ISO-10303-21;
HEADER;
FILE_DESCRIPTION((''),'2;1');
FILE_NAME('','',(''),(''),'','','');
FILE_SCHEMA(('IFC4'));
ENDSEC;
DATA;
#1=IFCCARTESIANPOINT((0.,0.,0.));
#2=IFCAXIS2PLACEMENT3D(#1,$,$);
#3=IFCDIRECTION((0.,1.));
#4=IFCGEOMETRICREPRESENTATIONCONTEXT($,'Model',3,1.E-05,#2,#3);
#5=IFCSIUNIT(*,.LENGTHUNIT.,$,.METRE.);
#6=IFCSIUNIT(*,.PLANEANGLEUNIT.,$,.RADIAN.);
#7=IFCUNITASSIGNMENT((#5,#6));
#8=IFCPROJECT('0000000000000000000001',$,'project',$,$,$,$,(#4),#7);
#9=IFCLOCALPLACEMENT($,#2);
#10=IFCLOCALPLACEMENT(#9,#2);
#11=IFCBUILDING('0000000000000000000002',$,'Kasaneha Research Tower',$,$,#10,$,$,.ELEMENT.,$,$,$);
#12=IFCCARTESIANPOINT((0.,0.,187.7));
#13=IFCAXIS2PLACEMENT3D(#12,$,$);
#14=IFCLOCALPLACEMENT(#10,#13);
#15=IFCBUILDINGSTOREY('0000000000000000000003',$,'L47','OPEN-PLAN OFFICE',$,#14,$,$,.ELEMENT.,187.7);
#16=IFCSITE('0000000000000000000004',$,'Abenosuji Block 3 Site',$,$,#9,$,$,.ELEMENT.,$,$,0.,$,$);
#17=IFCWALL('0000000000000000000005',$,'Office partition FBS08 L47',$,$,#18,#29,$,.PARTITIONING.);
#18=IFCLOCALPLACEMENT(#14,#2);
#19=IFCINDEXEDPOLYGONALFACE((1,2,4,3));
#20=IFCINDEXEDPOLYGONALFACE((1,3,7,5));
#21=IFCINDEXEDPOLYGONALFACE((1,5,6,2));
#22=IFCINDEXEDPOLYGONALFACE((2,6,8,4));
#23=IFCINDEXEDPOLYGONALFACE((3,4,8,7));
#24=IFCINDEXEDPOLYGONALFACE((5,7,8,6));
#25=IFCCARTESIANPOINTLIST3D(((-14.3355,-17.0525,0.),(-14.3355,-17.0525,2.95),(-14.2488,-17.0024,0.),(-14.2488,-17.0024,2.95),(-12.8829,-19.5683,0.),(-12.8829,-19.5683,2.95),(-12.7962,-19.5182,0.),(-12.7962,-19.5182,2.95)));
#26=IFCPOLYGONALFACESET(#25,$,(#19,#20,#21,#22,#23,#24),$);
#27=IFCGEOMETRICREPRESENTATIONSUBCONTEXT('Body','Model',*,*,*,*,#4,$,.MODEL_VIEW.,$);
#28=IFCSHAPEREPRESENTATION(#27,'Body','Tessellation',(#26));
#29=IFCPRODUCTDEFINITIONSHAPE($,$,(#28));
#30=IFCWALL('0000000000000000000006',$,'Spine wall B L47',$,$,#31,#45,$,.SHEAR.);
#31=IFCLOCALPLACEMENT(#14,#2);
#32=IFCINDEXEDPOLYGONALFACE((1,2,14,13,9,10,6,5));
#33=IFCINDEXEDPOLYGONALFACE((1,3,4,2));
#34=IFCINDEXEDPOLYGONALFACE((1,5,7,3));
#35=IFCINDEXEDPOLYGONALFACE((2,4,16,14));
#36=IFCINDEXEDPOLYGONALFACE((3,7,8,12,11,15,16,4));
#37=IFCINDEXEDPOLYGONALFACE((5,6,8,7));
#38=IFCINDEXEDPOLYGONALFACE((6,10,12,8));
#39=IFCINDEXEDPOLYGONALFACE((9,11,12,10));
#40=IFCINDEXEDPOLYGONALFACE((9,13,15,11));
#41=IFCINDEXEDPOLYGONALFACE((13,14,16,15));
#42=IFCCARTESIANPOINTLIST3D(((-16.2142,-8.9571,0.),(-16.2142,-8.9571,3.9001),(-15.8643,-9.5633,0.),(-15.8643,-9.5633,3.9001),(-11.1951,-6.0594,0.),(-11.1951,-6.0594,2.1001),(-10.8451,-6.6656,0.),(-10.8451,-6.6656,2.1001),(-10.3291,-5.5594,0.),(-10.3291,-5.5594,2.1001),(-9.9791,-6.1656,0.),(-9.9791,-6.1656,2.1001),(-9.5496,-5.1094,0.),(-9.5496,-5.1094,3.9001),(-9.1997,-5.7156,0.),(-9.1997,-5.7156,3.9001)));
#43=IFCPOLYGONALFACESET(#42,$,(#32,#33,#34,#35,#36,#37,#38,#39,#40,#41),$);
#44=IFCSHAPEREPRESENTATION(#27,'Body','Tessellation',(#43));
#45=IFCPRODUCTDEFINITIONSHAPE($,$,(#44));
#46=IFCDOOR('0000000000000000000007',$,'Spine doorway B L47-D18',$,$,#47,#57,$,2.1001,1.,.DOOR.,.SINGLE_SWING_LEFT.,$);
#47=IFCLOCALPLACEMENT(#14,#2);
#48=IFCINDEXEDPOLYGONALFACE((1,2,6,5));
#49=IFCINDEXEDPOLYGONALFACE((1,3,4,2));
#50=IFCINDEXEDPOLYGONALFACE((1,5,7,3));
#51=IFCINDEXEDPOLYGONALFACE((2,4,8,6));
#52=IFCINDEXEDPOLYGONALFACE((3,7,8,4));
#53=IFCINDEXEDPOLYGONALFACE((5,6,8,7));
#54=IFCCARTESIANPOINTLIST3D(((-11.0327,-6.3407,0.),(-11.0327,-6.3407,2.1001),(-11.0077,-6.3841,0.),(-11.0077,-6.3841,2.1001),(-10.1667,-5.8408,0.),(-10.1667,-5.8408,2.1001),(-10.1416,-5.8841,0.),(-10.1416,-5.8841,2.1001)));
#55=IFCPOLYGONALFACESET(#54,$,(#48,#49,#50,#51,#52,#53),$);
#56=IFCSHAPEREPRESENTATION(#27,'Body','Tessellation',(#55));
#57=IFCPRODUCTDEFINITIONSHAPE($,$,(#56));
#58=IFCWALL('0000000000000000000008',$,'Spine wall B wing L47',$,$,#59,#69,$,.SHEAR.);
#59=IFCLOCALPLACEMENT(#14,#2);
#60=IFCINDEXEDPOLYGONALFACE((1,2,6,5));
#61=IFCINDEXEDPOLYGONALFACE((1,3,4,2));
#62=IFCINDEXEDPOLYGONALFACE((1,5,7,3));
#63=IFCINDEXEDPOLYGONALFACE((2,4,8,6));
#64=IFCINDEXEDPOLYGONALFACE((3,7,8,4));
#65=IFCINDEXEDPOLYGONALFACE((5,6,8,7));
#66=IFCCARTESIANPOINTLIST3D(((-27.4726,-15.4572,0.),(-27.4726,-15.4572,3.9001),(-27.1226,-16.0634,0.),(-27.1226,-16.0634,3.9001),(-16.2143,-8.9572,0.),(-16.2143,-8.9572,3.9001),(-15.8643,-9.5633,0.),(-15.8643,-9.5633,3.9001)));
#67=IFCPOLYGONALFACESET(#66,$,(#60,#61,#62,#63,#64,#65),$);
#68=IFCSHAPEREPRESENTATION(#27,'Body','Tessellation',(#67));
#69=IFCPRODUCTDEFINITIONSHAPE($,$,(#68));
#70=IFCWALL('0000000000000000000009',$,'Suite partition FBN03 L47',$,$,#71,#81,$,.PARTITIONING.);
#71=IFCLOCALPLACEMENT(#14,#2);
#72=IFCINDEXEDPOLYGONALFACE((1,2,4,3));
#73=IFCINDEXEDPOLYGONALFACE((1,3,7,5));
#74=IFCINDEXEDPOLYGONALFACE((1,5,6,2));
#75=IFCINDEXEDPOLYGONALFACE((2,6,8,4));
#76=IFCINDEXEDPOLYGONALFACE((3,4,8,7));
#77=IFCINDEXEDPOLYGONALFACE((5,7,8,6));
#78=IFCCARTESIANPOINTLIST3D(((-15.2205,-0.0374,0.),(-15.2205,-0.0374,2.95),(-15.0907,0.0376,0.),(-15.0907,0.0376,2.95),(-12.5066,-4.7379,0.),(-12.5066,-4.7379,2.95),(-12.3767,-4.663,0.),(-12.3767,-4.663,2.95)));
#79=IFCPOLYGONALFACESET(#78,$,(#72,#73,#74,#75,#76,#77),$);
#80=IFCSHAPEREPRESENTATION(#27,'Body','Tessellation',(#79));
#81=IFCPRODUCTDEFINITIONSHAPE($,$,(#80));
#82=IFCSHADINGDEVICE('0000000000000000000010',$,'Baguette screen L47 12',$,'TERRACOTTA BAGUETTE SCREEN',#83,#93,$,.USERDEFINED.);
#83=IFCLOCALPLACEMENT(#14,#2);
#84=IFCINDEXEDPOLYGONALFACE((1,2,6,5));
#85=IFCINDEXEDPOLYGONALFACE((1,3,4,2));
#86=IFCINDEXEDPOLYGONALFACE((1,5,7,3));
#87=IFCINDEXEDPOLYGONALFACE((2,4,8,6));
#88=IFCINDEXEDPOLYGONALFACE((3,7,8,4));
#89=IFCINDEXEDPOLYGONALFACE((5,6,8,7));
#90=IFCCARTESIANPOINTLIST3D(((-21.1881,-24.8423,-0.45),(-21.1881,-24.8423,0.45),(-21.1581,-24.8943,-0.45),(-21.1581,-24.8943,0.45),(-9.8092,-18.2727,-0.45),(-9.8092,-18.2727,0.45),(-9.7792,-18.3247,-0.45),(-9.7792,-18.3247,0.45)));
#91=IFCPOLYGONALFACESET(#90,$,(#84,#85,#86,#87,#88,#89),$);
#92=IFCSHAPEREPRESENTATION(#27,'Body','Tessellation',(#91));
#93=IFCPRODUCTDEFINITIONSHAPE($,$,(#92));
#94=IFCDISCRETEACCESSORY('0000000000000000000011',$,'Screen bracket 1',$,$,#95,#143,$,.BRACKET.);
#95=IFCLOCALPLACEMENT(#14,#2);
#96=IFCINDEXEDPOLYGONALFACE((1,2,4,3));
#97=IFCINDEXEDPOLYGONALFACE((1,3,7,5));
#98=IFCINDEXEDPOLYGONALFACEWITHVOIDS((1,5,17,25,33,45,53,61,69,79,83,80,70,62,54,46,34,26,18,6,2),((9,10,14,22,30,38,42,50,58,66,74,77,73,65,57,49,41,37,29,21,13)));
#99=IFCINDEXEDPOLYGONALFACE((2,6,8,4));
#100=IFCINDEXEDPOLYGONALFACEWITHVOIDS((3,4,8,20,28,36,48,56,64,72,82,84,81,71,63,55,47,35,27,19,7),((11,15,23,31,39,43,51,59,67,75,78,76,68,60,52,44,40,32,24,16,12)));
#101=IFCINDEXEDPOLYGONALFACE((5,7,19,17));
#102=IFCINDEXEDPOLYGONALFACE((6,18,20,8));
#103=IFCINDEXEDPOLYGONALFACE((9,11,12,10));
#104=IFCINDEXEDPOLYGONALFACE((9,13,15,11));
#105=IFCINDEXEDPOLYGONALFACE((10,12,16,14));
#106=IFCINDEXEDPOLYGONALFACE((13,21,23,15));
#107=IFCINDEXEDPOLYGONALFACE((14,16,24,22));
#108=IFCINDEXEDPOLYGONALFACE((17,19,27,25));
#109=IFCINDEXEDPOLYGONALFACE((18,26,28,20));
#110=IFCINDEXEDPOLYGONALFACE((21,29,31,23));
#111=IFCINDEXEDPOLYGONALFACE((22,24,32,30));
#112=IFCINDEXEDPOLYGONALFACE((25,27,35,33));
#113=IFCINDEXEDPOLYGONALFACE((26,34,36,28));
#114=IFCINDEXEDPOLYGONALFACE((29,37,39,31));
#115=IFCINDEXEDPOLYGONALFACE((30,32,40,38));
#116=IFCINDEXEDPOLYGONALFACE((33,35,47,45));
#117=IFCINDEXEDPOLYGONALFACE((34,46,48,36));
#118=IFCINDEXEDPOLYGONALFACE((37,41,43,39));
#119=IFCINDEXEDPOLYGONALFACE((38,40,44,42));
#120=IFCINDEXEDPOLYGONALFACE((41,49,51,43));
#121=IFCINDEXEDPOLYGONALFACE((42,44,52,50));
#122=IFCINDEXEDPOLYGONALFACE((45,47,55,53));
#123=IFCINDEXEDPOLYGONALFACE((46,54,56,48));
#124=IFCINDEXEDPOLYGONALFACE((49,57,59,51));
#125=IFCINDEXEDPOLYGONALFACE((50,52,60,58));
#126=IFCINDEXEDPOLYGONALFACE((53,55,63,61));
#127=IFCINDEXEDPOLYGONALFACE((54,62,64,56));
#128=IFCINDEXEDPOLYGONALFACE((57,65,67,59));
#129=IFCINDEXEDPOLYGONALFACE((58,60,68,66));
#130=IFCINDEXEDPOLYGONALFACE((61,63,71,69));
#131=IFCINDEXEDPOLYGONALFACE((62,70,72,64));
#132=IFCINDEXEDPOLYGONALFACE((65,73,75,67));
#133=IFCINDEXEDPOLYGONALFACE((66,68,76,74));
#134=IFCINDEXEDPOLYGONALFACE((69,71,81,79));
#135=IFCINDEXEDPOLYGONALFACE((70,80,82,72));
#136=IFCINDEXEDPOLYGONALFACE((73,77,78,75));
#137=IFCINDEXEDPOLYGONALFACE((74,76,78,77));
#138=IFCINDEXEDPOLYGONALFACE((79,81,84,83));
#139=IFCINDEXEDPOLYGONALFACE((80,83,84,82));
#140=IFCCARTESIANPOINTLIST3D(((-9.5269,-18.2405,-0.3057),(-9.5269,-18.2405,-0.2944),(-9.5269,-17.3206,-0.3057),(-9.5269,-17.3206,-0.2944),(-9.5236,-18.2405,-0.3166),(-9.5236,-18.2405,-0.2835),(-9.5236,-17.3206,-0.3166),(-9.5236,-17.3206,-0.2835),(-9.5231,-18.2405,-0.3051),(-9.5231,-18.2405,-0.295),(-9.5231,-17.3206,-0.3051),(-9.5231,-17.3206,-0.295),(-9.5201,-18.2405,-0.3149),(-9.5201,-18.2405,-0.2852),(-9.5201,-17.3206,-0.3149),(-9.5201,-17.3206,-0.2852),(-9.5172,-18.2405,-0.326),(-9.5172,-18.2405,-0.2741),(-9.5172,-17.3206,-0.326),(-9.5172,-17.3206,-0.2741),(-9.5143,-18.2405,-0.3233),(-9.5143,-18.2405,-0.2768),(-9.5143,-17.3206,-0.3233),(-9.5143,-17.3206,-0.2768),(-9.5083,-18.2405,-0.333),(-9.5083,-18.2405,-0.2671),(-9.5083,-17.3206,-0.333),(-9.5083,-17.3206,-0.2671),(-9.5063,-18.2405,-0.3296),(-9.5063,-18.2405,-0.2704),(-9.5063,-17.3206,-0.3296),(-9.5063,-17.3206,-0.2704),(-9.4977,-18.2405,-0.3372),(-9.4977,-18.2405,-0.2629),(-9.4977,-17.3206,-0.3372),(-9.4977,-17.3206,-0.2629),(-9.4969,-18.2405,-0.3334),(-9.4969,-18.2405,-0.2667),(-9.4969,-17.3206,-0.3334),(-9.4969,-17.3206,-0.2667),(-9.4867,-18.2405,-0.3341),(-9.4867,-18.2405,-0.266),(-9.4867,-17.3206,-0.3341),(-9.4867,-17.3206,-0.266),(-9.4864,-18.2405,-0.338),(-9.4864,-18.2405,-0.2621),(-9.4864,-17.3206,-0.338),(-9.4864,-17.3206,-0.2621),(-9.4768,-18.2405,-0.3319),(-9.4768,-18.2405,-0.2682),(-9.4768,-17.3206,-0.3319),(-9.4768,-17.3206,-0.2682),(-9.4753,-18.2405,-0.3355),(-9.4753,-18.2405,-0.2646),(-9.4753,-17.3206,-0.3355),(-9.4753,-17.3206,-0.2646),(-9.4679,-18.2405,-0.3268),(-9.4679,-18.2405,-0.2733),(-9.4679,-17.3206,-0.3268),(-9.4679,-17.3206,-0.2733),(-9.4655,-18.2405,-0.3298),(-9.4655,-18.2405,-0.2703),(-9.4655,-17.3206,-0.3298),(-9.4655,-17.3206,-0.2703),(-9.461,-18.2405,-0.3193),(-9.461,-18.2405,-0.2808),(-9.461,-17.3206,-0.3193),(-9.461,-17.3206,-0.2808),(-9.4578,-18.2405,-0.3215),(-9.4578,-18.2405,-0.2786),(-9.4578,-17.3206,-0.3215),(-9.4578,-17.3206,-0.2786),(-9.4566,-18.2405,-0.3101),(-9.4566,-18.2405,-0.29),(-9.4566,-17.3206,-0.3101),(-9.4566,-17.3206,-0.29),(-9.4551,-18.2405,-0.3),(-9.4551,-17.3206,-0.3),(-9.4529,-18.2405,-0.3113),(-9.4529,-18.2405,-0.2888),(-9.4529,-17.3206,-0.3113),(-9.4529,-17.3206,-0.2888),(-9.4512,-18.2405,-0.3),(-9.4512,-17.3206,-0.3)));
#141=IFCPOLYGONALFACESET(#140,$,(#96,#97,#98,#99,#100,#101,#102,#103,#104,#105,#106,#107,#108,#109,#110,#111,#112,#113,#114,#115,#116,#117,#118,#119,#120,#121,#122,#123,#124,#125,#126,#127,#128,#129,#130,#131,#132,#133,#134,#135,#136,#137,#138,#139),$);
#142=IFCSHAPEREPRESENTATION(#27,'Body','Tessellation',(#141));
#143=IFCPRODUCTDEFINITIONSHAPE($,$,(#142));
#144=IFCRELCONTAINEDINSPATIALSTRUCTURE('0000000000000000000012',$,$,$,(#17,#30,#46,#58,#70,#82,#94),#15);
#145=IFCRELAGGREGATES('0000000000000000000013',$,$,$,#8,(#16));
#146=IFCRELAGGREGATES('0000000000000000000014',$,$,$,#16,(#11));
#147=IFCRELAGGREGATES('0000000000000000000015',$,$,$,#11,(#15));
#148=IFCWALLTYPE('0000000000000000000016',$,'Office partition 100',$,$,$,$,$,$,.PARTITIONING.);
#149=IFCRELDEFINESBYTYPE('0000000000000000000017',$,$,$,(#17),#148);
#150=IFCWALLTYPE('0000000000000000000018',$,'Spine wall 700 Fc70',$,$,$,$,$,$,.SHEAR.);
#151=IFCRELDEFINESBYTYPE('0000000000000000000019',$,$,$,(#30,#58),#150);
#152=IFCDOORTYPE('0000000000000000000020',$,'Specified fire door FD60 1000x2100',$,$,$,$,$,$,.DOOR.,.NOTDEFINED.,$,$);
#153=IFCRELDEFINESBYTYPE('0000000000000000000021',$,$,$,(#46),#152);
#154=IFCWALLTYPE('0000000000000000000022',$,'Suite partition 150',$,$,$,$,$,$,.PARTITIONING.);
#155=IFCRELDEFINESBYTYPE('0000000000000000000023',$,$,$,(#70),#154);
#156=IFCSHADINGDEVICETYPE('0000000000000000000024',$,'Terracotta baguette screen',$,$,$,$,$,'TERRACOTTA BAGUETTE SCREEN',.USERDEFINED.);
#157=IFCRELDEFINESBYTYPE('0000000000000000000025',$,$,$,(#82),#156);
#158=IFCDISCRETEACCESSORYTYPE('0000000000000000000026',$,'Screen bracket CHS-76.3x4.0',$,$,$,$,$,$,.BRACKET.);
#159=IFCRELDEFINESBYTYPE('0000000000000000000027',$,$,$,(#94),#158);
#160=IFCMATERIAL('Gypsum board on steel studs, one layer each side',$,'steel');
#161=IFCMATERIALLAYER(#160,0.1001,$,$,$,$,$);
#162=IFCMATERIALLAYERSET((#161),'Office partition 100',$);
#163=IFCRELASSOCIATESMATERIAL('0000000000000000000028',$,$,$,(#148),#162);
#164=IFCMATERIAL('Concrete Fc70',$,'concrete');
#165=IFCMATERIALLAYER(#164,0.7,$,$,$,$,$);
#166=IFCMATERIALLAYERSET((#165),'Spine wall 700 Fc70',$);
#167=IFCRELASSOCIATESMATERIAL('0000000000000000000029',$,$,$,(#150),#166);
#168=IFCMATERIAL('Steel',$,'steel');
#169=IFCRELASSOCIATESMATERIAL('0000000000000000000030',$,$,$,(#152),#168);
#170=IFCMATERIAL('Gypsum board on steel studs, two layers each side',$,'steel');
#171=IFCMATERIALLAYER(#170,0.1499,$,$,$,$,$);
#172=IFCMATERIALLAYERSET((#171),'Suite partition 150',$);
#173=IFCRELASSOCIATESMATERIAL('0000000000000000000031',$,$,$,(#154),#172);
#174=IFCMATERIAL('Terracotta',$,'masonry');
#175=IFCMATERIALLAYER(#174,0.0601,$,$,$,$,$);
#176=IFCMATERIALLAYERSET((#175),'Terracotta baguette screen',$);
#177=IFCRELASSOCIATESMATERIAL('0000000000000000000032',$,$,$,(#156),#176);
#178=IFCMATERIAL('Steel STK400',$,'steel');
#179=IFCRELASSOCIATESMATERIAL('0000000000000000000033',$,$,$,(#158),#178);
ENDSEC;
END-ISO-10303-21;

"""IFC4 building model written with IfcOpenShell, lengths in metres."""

from ifc_helpers import new_model, si_unit, direction, frame, frame_2d, origin, origin_2d, place, context, subcontext, project, spatial, rectangle, hollow_circle, extrude, material, layer, layer_set, material_profile, profile_set, type_object, element, fill, save


model = new_model("IFC4")

# Units and contexts
model_context = context("Model", 3, precision=1e-05, world=origin(), true_north=direction((0.0, 1.0)))
body_context = subcontext(model_context, "Body", "Model", "MODEL_VIEW")
ifc_project = project(units=[si_unit("LENGTHUNIT", "METRE"), si_unit("PLANEANGLEUNIT", "RADIAN")], contexts=[model_context])

# Site, building, storey
site_placement = place(None, origin())
site = spatial("IfcSite", under=ifc_project, at=site_placement, Name="Abenosuji Block 3 Site", CompositionType="ELEMENT", RefElevation=0.0)
building_placement = place(site_placement, origin())
building = spatial("IfcBuilding", under=site, at=building_placement, Name="Kasaneha Research Tower", CompositionType="ELEMENT")
storey_placement = place(building_placement, frame((0.0, 0.0, 187.7)))
storey = spatial("IfcBuildingStorey", under=building, at=storey_placement, Name="L47", Description="OPEN-PLAN OFFICE", CompositionType="ELEMENT", Elevation=187.7)

# Shared definitions
ifc_material_1 = material(Name="Gypsum board on steel studs, one layer each side", Category="steel")
ifc_layer_1 = layer(ifc_material_1, 0.1001)
ifc_layer_set_1 = layer_set([ifc_layer_1], Name="Office partition 100")
wall_type_1 = type_object("IfcWallType", Name="Office partition 100", PredefinedType="PARTITIONING", material=ifc_layer_set_1)

# Wall
wall_1_placement = place(storey_placement, frame((-14.2922, -17.0273, 0.0), z_axis=(0.0, 0.0, 1.0), x_axis=(0.500026, -0.866011, 0.0)))
element("IfcWall", 1, at=wall_1_placement, inside=storey, type_object=wall_type_1, Name="Office partition FBS08 L47", PredefinedType="PARTITIONING", context=body_context, shape_type="SweptSolid", body=[
    extrude(rectangle(XDim=2.905, YDim=0.1001, at=frame_2d((1.4526, 0.0))), origin(), (0.0, 0.0, 1.0), 2.95),
])

# Wall, opening, door
ifc_material_2 = material(Name="Concrete Fc70", Category="concrete")
ifc_layer_2 = layer(ifc_material_2, 0.7)
ifc_layer_set_2 = layer_set([ifc_layer_2], Name="Spine wall 700 Fc70")
wall_type_2 = type_object("IfcWallType", Name="Spine wall 700 Fc70", PredefinedType="SHEAR", material=ifc_layer_set_2)
wall_2_placement = place(storey_placement, frame((-9.3748, -5.4126, 0.0), z_axis=(0.0, 0.0, 1.0), x_axis=(-0.866032, -0.499988, 0.0)))
wall_2 = element("IfcWall", 2, at=wall_2_placement, inside=storey, type_object=wall_type_2, Name="Spine wall B L47", PredefinedType="SHEAR", context=body_context, shape_type="SweptSolid", body=[
    extrude(rectangle(XDim=7.6956, YDim=0.7, at=frame_2d((3.8477, 0.0))), origin(), (0.0, 0.0, 1.0), 3.9001),
])
opening_1_placement = place(wall_2_placement, frame((0.8999, 0.0, 0.0)))
opening_1 = element("IfcOpeningElement", 3, at=opening_1_placement, cuts=wall_2, PredefinedType="OPENING", context=body_context, shape_type="SweptSolid", body=[
    extrude(rectangle(XDim=1.0, YDim=2.1001, at=frame_2d((0.5, 1.05))), frame((0.0, 0.3599, 0.0), z_axis=(0.0, -1.0, 0.0), x_axis=(1.0, 0.0, 0.0)), (0.0, 0.0, 1.0), 0.72),
])
ifc_material_3 = material(Name="Steel", Category="steel")
door_type_1 = type_object("IfcDoorType", Name="Specified fire door FD60 1000x2100", OperationType="NOTDEFINED", PredefinedType="DOOR", material=ifc_material_3)
door_1_placement = place(opening_1_placement, origin())
door_1 = element("IfcDoor", 4, at=door_1_placement, inside=storey, type_object=door_type_1, Name="Spine doorway B L47-D18", OperationType="SINGLE_SWING_LEFT", OverallHeight=2.1001, OverallWidth=1.0, PredefinedType="DOOR", context=body_context, shape_type="SweptSolid", body=[
    extrude(rectangle(XDim=1.0, YDim=2.1001, at=frame_2d((0.5, 1.05))), frame((0.0, 0.0249, 0.0), z_axis=(0.0, -1.0, 0.0), x_axis=(1.0, 0.0, 0.0)), (0.0, 0.0, 1.0), 0.05),
])
fill(opening_1, door_1)

# Walls
wall_3_placement = place(storey_placement, frame((-16.0393, -9.2603, 0.0), z_axis=(0.0, 0.0, 1.0), x_axis=(-0.866025, -0.500001, 0.0)))
element("IfcWall", 5, at=wall_3_placement, inside=storey, type_object=wall_type_2, Name="Spine wall B wing L47", PredefinedType="SHEAR", context=body_context, shape_type="SweptSolid", body=[
    extrude(rectangle(XDim=13.0, YDim=0.7, at=frame_2d((6.5, 0.0))), origin(), (0.0, 0.0, 1.0), 3.9001),
])
ifc_material_4 = material(Name="Gypsum board on steel studs, two layers each side", Category="steel")
ifc_layer_3 = layer(ifc_material_4, 0.1499)
ifc_layer_set_3 = layer_set([ifc_layer_3], Name="Suite partition 150")
wall_type_3 = type_object("IfcWallType", Name="Suite partition 150", PredefinedType="PARTITIONING", material=ifc_layer_set_3)
wall_4_placement = place(storey_placement, frame((-12.4417, -4.7004, 0.0), z_axis=(0.0, 0.0, 1.0), x_axis=(-0.500009, 0.86602, 0.0)))
element("IfcWall", 6, at=wall_4_placement, inside=storey, type_object=wall_type_3, Name="Suite partition FBN03 L47", PredefinedType="PARTITIONING", context=body_context, shape_type="SweptSolid", body=[
    extrude(rectangle(XDim=5.4277, YDim=0.1499, at=frame_2d((2.7139, 0.0))), origin(), (0.0, 0.0, 1.0), 2.95),
])

# Shading device
ifc_material_5 = material(Name="Terracotta", Category="masonry")
ifc_layer_4 = layer(ifc_material_5, 0.0601)
ifc_layer_set_4 = layer_set([ifc_layer_4], Name="Terracotta baguette screen")
shading_device_type = type_object("IfcShadingDeviceType", Name="Terracotta baguette screen", ElementType="TERRACOTTA BAGUETTE SCREEN", PredefinedType="USERDEFINED", material=ifc_layer_set_4)
shading_device_placement = place(storey_placement, frame((-15.4836, -21.5835, -0.45), z_axis=(0.0, 0.0, 1.0), x_axis=(0.866025, 0.5, 0.0)))
element("IfcShadingDevice", 7, at=shading_device_placement, inside=storey, type_object=shading_device_type, Name="Baguette screen L47 12", ObjectType="TERRACOTTA BAGUETTE SCREEN", PredefinedType="USERDEFINED", context=body_context, shape_type="SweptSolid", body=[
    extrude(rectangle(XDim=13.1392, YDim=0.0601, at=origin_2d()), origin(), (0.0, 0.0, 1.0), 0.8999),
])

# Discrete accessory
ifc_material_6 = material(Name="Steel STK400", Category="steel")
ifc_material_profile_1 = material_profile(ifc_material_6, hollow_circle(Radius=0.0381, WallThickness=0.0039, at=origin_2d()), Name="CHS-76.3x4.0")
ifc_profile_set_1 = profile_set([ifc_material_profile_1], Name="Steel STK400")
discrete_accessory_type = type_object("IfcDiscreteAccessoryType", Name="Screen bracket CHS-76.3x4.0", PredefinedType="BRACKET", material=ifc_profile_set_1)
for number, where, z_axis, x_axis, name in (
    (8, (-9.4893, -17.3206, -0.3), (0.0, -1.0, 0.0), (1.0, 0.0, 0.0), "Screen bracket 1"),
):
    element("IfcDiscreteAccessory", number, at=place(storey_placement, frame(where, z_axis=z_axis, x_axis=x_axis)), inside=storey, type_object=discrete_accessory_type, Name=name, PredefinedType="BRACKET", context=body_context, shape_type="SweptSolid", body=[
        extrude(hollow_circle(Radius=0.0381, WallThickness=0.0039, at=origin_2d()), origin(), (0.0, 0.0, 1.0), 0.9199),
    ])

save(model, "model.ifc")
